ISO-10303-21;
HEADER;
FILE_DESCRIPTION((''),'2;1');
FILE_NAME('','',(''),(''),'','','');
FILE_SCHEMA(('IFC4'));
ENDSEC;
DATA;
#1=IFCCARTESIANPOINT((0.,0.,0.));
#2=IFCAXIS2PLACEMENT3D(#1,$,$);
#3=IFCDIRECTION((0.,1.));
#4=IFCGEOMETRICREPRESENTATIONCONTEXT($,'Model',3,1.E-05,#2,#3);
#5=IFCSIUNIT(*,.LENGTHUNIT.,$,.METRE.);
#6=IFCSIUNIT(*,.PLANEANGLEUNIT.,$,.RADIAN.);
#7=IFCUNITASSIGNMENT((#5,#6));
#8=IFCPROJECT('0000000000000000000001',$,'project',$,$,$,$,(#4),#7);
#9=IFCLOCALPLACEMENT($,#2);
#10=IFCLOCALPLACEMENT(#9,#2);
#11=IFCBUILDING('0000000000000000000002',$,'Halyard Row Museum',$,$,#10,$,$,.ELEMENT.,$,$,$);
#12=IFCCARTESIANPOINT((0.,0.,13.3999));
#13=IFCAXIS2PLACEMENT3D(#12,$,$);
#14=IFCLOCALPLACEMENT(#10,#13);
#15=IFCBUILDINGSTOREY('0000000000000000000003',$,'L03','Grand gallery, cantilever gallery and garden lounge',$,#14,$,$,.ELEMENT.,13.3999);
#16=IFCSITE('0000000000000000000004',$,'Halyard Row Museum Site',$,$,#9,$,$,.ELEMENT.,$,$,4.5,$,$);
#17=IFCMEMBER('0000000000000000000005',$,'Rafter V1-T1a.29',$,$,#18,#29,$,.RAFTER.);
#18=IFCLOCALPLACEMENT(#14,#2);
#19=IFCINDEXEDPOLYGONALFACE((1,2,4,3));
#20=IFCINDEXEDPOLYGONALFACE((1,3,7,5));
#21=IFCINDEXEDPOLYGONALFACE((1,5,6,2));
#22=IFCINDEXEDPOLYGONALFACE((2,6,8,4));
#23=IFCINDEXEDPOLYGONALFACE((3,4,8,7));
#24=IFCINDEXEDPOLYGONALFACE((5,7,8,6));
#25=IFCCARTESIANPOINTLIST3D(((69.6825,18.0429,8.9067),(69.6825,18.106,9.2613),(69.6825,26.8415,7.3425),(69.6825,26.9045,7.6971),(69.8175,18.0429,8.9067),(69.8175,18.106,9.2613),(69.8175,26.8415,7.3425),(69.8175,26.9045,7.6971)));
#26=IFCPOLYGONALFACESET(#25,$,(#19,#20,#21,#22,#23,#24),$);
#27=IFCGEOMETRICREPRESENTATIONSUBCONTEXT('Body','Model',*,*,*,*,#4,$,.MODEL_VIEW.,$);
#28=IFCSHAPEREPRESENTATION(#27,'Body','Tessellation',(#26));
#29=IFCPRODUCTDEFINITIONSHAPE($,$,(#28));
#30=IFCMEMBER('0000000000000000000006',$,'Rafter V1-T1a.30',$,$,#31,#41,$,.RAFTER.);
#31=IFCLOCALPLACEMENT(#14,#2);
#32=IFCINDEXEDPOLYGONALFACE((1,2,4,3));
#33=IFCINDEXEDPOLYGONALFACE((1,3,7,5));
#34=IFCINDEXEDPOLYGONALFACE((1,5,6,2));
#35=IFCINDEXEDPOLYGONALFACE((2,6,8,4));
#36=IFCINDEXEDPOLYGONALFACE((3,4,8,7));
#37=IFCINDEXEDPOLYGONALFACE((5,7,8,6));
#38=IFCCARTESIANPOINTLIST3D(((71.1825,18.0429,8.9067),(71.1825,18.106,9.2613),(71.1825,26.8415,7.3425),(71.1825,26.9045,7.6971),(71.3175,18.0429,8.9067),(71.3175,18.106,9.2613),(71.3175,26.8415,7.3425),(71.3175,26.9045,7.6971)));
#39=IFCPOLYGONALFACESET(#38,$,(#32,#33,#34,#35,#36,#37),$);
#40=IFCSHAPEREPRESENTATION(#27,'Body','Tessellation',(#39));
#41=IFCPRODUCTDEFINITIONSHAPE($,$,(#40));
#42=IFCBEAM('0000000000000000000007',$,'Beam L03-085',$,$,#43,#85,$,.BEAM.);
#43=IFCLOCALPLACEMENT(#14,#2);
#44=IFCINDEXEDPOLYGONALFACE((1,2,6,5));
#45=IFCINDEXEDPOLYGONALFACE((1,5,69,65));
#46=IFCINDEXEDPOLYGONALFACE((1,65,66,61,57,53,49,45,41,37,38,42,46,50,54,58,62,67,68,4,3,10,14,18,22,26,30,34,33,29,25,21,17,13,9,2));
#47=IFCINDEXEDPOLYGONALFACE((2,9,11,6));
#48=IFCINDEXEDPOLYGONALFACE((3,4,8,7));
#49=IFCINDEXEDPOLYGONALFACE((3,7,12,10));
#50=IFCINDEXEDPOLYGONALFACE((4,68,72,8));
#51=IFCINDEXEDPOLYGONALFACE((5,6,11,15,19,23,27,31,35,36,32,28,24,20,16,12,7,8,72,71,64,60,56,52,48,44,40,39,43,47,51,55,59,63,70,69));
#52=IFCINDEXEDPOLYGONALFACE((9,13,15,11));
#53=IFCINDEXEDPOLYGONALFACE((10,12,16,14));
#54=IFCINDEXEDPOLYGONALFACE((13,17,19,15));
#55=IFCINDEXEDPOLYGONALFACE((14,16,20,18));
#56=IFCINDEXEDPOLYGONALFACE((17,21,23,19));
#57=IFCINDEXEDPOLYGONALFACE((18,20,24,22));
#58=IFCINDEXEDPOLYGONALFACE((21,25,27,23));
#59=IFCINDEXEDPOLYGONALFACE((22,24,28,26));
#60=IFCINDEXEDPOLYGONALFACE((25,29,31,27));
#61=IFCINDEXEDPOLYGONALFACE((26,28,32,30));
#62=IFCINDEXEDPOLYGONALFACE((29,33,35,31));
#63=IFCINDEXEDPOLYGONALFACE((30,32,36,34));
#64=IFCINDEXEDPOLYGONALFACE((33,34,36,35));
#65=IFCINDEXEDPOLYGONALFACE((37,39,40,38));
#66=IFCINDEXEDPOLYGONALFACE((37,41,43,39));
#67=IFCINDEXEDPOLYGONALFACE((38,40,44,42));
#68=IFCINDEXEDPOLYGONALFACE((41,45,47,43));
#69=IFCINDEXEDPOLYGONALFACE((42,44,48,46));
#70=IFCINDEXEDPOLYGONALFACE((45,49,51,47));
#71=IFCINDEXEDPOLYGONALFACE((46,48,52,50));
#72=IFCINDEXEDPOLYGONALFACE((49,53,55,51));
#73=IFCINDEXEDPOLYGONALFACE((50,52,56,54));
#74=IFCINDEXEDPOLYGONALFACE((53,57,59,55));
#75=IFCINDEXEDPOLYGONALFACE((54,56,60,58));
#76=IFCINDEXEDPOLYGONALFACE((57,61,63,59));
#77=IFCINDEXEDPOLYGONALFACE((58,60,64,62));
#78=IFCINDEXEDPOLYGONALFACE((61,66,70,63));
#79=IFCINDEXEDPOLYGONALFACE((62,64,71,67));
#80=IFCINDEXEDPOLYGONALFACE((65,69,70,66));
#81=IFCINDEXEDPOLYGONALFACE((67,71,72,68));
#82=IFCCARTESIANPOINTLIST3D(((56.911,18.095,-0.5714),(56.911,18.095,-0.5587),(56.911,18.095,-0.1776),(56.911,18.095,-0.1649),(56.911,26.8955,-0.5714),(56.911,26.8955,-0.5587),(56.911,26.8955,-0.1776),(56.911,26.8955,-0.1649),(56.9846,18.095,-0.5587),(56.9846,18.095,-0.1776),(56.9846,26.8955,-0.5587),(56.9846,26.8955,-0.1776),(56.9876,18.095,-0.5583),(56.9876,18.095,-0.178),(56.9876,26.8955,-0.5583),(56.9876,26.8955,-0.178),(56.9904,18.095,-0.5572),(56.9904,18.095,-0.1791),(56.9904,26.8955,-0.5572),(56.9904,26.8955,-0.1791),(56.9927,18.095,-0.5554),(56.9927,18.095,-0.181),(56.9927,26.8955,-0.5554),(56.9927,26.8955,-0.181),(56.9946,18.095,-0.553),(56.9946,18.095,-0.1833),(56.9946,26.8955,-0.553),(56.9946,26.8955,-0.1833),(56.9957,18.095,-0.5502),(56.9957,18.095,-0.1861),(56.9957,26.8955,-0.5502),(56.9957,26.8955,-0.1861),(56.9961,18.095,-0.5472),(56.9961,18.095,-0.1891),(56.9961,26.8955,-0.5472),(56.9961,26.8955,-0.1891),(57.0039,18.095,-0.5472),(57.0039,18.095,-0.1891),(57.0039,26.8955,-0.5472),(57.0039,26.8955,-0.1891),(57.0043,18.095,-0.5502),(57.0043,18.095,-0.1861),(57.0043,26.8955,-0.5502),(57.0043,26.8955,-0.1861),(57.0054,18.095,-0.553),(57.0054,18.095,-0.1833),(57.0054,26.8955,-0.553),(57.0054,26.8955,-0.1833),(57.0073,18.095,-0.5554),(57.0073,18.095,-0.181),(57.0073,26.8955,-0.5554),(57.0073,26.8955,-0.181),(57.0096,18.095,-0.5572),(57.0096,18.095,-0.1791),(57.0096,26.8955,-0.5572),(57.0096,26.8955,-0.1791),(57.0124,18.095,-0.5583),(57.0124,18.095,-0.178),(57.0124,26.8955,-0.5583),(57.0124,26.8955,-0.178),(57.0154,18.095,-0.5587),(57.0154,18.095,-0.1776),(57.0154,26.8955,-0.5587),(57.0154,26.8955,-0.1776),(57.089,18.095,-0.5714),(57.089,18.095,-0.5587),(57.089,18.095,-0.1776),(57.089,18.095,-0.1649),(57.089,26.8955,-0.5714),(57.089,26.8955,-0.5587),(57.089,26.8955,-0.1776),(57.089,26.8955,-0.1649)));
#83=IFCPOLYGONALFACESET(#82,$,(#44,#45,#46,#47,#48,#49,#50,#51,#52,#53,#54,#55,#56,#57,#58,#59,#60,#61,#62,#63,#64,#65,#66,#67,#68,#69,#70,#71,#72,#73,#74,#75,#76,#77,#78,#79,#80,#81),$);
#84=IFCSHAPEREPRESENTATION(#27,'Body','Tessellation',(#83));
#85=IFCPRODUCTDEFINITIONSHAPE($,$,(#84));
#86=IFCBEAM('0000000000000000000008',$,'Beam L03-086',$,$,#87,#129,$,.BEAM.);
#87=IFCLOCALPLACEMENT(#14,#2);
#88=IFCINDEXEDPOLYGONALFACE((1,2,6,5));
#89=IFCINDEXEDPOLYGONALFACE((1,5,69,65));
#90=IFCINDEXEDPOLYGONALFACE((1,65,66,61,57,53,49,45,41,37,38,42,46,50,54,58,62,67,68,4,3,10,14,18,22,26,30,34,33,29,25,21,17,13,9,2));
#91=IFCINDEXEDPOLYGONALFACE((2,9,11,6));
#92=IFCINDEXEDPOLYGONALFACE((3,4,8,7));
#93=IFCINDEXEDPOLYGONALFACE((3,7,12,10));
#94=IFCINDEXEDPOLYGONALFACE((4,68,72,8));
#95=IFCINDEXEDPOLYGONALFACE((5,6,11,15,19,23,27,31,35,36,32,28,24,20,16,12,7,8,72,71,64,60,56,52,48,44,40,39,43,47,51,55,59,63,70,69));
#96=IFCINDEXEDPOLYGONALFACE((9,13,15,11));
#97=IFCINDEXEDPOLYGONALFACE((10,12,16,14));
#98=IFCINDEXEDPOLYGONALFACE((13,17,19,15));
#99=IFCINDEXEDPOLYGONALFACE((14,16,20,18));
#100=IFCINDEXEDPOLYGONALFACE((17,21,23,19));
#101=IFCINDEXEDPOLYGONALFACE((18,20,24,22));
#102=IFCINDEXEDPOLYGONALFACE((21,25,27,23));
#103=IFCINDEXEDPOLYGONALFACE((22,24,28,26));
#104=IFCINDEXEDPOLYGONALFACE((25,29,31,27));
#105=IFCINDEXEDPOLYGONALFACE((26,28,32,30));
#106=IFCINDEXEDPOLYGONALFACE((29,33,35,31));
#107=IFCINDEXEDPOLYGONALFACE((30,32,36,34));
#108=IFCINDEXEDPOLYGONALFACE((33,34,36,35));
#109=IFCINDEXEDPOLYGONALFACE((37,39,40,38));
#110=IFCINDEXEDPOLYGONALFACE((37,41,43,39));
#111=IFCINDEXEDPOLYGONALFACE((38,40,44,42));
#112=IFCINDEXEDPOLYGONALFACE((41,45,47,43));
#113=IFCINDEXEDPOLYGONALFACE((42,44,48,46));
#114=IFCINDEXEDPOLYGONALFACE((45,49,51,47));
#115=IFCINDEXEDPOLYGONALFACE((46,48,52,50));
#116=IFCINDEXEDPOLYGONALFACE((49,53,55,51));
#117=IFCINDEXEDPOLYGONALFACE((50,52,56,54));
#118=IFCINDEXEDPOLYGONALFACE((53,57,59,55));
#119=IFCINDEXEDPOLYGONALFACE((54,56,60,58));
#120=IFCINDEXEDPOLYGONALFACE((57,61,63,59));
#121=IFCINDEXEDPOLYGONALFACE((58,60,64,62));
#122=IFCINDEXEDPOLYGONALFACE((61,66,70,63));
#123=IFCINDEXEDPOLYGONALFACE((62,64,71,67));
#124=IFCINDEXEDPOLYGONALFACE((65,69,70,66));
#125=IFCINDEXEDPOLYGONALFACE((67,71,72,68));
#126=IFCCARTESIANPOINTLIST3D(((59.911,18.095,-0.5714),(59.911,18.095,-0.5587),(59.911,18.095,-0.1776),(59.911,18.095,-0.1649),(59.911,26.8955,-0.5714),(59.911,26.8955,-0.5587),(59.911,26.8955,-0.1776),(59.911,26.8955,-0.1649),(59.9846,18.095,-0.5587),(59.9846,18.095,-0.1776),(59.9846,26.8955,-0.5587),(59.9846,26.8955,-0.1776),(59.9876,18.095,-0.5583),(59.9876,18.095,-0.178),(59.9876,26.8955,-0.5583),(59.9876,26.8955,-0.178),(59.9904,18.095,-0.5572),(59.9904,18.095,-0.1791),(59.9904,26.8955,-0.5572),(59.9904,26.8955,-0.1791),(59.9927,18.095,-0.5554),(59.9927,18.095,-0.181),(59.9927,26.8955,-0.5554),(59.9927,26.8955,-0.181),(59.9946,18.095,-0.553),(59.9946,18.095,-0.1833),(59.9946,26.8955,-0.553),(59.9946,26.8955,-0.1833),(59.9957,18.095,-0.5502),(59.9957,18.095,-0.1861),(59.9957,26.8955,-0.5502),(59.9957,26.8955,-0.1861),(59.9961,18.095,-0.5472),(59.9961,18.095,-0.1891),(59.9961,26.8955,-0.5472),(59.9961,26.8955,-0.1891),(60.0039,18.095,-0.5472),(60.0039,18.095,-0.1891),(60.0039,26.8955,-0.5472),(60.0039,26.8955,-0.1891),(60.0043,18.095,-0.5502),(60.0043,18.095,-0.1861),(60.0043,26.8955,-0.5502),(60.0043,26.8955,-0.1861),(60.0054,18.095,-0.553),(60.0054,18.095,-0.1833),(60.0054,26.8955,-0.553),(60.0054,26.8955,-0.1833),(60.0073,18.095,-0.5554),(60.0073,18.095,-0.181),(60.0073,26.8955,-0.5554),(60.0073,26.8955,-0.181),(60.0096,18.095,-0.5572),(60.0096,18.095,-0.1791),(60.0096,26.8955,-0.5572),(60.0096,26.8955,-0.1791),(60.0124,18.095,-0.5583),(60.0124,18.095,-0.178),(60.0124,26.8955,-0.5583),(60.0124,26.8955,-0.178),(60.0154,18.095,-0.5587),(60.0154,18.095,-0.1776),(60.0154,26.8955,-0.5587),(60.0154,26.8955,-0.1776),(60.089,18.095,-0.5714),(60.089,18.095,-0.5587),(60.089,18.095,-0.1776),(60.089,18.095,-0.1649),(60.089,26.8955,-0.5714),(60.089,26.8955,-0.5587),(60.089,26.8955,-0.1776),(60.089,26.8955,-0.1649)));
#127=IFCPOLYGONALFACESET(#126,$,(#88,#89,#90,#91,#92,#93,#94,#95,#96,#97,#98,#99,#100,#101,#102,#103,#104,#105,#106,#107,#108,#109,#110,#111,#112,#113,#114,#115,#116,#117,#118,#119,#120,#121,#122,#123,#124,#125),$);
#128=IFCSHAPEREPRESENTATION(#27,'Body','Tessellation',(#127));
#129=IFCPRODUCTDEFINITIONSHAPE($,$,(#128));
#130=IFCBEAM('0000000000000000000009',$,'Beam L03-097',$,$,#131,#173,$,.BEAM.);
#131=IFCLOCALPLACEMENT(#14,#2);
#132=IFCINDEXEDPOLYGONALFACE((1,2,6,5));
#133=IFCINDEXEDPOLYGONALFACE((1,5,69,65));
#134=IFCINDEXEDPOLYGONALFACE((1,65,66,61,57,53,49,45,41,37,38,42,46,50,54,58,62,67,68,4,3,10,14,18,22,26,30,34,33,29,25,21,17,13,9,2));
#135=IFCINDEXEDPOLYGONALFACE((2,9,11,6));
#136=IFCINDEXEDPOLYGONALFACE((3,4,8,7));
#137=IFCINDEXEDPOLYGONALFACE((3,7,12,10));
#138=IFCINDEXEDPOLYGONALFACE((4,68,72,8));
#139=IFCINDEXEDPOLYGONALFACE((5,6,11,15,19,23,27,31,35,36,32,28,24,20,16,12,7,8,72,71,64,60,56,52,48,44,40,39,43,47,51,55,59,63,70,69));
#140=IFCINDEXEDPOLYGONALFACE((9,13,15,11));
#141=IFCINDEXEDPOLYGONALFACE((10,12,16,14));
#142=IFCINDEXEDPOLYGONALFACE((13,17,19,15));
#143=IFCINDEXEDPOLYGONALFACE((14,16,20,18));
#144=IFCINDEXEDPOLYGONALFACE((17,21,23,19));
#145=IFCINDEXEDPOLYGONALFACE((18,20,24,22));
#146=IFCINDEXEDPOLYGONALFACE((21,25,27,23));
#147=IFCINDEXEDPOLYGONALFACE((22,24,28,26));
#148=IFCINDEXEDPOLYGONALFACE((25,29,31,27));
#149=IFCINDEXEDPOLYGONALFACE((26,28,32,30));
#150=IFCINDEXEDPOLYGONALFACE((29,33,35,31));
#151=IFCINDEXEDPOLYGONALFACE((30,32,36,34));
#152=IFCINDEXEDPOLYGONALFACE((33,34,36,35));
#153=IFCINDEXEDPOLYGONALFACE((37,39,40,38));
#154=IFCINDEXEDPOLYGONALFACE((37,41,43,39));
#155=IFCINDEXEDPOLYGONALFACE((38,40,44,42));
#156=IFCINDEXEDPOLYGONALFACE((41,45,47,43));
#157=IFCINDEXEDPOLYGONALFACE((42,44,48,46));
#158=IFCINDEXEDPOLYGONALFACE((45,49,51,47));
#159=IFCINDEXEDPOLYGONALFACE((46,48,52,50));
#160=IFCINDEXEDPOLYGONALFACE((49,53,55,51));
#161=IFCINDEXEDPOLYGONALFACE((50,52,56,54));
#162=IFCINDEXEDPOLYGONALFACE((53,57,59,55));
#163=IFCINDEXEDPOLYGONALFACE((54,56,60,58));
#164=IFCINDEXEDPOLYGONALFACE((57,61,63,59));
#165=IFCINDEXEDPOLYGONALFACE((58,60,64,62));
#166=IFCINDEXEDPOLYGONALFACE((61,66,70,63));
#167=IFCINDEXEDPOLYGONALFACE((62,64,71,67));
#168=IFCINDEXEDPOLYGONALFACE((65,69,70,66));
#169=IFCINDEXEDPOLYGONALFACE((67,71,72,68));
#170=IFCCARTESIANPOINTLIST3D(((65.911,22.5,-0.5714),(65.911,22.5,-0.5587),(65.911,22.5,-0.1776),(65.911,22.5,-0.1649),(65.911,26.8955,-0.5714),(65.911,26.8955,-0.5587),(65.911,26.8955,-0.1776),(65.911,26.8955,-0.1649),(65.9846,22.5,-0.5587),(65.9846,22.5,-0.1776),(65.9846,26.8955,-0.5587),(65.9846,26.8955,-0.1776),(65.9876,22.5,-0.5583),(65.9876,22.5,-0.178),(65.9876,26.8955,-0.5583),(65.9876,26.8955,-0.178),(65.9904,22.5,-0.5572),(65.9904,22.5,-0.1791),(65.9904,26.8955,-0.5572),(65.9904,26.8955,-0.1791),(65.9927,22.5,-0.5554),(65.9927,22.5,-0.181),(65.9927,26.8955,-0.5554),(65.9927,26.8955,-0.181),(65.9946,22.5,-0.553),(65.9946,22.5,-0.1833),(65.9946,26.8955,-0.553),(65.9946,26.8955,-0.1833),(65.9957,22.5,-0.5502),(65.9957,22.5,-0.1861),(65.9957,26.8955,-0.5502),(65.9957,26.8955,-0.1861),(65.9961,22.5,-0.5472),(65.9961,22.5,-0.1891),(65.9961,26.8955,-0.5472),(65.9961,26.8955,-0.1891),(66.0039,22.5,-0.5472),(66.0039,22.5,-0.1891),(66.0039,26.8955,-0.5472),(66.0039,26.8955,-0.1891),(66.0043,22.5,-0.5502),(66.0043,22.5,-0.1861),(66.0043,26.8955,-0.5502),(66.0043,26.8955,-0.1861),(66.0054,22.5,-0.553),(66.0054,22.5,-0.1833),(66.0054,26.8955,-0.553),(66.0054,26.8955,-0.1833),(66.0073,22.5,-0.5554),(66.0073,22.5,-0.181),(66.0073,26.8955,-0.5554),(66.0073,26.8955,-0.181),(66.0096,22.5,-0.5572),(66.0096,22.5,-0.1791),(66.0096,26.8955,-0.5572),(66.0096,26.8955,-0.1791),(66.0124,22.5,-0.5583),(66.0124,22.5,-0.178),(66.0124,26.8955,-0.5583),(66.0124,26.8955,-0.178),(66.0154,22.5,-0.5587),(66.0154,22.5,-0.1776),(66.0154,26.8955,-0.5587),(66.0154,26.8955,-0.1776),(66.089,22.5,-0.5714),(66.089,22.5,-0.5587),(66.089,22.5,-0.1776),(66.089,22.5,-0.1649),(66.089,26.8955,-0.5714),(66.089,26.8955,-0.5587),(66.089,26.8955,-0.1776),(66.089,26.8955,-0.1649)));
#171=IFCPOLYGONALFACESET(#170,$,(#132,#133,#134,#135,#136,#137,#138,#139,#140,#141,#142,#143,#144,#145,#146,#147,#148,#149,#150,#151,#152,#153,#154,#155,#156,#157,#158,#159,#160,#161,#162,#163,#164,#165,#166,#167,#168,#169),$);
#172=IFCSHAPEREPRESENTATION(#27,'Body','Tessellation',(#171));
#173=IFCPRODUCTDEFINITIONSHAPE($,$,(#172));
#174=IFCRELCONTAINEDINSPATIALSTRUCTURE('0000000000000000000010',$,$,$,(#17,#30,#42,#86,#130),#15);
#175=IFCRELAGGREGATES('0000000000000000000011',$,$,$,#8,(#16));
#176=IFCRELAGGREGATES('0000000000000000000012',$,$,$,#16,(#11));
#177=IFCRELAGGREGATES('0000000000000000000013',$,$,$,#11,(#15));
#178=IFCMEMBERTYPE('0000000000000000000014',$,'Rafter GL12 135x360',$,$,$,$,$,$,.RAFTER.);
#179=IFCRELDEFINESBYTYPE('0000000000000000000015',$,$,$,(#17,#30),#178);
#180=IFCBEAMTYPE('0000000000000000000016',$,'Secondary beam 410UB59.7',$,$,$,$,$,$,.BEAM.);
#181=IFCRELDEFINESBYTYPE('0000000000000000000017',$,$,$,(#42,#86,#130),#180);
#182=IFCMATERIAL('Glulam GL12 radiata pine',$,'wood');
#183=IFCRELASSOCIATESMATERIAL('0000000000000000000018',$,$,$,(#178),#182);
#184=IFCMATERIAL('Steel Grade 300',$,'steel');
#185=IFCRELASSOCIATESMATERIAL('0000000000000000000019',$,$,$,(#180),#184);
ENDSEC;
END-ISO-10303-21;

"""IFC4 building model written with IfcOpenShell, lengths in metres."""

from ifc_helpers import new_model, si_unit, direction, frame, origin, origin_2d, place, context, subcontext, project, spatial, rectangle, i_section, extrude, material, material_profile, profile_set, type_object, element, save


model = new_model("IFC4")

# Units and contexts
model_context = context("Model", 3, precision=1e-05, world=origin(), true_north=direction((0.0, 1.0)))
body_context = subcontext(model_context, "Body", "Model", "MODEL_VIEW")
ifc_project = project(units=[si_unit("LENGTHUNIT", "METRE"), si_unit("PLANEANGLEUNIT", "RADIAN")], contexts=[model_context])

# Site, building, storey
site_placement = place(None, origin())
site = spatial("IfcSite", under=ifc_project, at=site_placement, Name="Halyard Row Museum Site", CompositionType="ELEMENT", RefElevation=4.5)
building_placement = place(site_placement, origin())
building = spatial("IfcBuilding", under=site, at=building_placement, Name="Halyard Row Museum", CompositionType="ELEMENT")
storey_placement = place(building_placement, frame((0.0, 0.0, 13.3999)))
storey = spatial("IfcBuildingStorey", under=building, at=storey_placement, Name="L03", Description="Grand gallery, cantilever gallery and garden lounge", CompositionType="ELEMENT", Elevation=13.3999)

# Members
ifc_material_1 = material(Name="Glulam GL12 radiata pine", Category="wood")
ifc_material_profile_1 = material_profile(ifc_material_1, rectangle(XDim=0.135, YDim=0.3601, at=origin_2d()), Name="GL12 135x360")
ifc_profile_set_1 = profile_set([ifc_material_profile_1], Name="Glulam GL12 radiata pine")
member_type_1 = type_object("IfcMemberType", Name="Rafter GL12 135x360", PredefinedType="RAFTER", material=ifc_profile_set_1)
for number, where, z_axis, x_axis, name in (
    (1, (69.75, 18.0745, 9.084), (0.0, 0.984562, -0.175035), (-1.0, 0.0, 0.0), "Rafter V1-T1a.29"),
    (2, (71.25, 18.0745, 9.084), (0.0, 0.984562, -0.175035), (-1.0, 0.0, 0.0), "Rafter V1-T1a.30"),
):
    element("IfcMember", number, at=place(storey_placement, frame(where, z_axis=z_axis, x_axis=x_axis)), inside=storey, type_object=member_type_1, Name=name, PredefinedType="RAFTER", context=body_context, shape_type="SweptSolid", body=[
        extrude(rectangle(XDim=0.135, YDim=0.3601, at=origin_2d()), origin(), (0.0, 0.0, 1.0), 8.9365),
    ])

# Beams
ifc_material_2 = material(Name="Steel Grade 300", Category="steel")
ifc_material_profile_2 = material_profile(ifc_material_2, i_section(OverallWidth=0.178, OverallDepth=0.4065, WebThickness=0.0078, FlangeThickness=0.0127, FilletRadius=0.0115, at=origin_2d()), Name="410UB59.7")
ifc_profile_set_2 = profile_set([ifc_material_profile_2], Name="Steel Grade 300")
beam_type_1 = type_object("IfcBeamType", Name="Secondary beam 410UB59.7", PredefinedType="BEAM", material=ifc_profile_set_2)
for number, where, z_axis, x_axis, name in (
    (3, (57.0, 18.095, -0.3682), (0.0, 1.0, 0.0), (-1.0, 0.0, 0.0), "Beam L03-085"),
    (4, (60.0, 18.095, -0.3682), (0.0, 1.0, 0.0), (-1.0, 0.0, 0.0), "Beam L03-086"),
):
    element("IfcBeam", number, at=place(storey_placement, frame(where, z_axis=z_axis, x_axis=x_axis)), inside=storey, type_object=beam_type_1, Name=name, PredefinedType="BEAM", context=body_context, shape_type="SweptSolid", body=[
        extrude(i_section(OverallWidth=0.178, OverallDepth=0.4065, WebThickness=0.0078, FlangeThickness=0.0127, FilletRadius=0.0115, at=origin_2d()), origin(), (0.0, 0.0, 1.0), 8.8005),
    ])
for number, where, z_axis, x_axis, name in (
    (5, (66.0, 22.5, -0.3682), (0.0, 1.0, 0.0), (-1.0, 0.0, 0.0), "Beam L03-097"),
):
    element("IfcBeam", number, at=place(storey_placement, frame(where, z_axis=z_axis, x_axis=x_axis)), inside=storey, type_object=beam_type_1, Name=name, PredefinedType="BEAM", context=body_context, shape_type="SweptSolid", body=[
        extrude(i_section(OverallWidth=0.178, OverallDepth=0.4065, WebThickness=0.0078, FlangeThickness=0.0127, FilletRadius=0.0115, at=origin_2d()), origin(), (0.0, 0.0, 1.0), 4.3955),
    ])

save(model, "model.ifc")
